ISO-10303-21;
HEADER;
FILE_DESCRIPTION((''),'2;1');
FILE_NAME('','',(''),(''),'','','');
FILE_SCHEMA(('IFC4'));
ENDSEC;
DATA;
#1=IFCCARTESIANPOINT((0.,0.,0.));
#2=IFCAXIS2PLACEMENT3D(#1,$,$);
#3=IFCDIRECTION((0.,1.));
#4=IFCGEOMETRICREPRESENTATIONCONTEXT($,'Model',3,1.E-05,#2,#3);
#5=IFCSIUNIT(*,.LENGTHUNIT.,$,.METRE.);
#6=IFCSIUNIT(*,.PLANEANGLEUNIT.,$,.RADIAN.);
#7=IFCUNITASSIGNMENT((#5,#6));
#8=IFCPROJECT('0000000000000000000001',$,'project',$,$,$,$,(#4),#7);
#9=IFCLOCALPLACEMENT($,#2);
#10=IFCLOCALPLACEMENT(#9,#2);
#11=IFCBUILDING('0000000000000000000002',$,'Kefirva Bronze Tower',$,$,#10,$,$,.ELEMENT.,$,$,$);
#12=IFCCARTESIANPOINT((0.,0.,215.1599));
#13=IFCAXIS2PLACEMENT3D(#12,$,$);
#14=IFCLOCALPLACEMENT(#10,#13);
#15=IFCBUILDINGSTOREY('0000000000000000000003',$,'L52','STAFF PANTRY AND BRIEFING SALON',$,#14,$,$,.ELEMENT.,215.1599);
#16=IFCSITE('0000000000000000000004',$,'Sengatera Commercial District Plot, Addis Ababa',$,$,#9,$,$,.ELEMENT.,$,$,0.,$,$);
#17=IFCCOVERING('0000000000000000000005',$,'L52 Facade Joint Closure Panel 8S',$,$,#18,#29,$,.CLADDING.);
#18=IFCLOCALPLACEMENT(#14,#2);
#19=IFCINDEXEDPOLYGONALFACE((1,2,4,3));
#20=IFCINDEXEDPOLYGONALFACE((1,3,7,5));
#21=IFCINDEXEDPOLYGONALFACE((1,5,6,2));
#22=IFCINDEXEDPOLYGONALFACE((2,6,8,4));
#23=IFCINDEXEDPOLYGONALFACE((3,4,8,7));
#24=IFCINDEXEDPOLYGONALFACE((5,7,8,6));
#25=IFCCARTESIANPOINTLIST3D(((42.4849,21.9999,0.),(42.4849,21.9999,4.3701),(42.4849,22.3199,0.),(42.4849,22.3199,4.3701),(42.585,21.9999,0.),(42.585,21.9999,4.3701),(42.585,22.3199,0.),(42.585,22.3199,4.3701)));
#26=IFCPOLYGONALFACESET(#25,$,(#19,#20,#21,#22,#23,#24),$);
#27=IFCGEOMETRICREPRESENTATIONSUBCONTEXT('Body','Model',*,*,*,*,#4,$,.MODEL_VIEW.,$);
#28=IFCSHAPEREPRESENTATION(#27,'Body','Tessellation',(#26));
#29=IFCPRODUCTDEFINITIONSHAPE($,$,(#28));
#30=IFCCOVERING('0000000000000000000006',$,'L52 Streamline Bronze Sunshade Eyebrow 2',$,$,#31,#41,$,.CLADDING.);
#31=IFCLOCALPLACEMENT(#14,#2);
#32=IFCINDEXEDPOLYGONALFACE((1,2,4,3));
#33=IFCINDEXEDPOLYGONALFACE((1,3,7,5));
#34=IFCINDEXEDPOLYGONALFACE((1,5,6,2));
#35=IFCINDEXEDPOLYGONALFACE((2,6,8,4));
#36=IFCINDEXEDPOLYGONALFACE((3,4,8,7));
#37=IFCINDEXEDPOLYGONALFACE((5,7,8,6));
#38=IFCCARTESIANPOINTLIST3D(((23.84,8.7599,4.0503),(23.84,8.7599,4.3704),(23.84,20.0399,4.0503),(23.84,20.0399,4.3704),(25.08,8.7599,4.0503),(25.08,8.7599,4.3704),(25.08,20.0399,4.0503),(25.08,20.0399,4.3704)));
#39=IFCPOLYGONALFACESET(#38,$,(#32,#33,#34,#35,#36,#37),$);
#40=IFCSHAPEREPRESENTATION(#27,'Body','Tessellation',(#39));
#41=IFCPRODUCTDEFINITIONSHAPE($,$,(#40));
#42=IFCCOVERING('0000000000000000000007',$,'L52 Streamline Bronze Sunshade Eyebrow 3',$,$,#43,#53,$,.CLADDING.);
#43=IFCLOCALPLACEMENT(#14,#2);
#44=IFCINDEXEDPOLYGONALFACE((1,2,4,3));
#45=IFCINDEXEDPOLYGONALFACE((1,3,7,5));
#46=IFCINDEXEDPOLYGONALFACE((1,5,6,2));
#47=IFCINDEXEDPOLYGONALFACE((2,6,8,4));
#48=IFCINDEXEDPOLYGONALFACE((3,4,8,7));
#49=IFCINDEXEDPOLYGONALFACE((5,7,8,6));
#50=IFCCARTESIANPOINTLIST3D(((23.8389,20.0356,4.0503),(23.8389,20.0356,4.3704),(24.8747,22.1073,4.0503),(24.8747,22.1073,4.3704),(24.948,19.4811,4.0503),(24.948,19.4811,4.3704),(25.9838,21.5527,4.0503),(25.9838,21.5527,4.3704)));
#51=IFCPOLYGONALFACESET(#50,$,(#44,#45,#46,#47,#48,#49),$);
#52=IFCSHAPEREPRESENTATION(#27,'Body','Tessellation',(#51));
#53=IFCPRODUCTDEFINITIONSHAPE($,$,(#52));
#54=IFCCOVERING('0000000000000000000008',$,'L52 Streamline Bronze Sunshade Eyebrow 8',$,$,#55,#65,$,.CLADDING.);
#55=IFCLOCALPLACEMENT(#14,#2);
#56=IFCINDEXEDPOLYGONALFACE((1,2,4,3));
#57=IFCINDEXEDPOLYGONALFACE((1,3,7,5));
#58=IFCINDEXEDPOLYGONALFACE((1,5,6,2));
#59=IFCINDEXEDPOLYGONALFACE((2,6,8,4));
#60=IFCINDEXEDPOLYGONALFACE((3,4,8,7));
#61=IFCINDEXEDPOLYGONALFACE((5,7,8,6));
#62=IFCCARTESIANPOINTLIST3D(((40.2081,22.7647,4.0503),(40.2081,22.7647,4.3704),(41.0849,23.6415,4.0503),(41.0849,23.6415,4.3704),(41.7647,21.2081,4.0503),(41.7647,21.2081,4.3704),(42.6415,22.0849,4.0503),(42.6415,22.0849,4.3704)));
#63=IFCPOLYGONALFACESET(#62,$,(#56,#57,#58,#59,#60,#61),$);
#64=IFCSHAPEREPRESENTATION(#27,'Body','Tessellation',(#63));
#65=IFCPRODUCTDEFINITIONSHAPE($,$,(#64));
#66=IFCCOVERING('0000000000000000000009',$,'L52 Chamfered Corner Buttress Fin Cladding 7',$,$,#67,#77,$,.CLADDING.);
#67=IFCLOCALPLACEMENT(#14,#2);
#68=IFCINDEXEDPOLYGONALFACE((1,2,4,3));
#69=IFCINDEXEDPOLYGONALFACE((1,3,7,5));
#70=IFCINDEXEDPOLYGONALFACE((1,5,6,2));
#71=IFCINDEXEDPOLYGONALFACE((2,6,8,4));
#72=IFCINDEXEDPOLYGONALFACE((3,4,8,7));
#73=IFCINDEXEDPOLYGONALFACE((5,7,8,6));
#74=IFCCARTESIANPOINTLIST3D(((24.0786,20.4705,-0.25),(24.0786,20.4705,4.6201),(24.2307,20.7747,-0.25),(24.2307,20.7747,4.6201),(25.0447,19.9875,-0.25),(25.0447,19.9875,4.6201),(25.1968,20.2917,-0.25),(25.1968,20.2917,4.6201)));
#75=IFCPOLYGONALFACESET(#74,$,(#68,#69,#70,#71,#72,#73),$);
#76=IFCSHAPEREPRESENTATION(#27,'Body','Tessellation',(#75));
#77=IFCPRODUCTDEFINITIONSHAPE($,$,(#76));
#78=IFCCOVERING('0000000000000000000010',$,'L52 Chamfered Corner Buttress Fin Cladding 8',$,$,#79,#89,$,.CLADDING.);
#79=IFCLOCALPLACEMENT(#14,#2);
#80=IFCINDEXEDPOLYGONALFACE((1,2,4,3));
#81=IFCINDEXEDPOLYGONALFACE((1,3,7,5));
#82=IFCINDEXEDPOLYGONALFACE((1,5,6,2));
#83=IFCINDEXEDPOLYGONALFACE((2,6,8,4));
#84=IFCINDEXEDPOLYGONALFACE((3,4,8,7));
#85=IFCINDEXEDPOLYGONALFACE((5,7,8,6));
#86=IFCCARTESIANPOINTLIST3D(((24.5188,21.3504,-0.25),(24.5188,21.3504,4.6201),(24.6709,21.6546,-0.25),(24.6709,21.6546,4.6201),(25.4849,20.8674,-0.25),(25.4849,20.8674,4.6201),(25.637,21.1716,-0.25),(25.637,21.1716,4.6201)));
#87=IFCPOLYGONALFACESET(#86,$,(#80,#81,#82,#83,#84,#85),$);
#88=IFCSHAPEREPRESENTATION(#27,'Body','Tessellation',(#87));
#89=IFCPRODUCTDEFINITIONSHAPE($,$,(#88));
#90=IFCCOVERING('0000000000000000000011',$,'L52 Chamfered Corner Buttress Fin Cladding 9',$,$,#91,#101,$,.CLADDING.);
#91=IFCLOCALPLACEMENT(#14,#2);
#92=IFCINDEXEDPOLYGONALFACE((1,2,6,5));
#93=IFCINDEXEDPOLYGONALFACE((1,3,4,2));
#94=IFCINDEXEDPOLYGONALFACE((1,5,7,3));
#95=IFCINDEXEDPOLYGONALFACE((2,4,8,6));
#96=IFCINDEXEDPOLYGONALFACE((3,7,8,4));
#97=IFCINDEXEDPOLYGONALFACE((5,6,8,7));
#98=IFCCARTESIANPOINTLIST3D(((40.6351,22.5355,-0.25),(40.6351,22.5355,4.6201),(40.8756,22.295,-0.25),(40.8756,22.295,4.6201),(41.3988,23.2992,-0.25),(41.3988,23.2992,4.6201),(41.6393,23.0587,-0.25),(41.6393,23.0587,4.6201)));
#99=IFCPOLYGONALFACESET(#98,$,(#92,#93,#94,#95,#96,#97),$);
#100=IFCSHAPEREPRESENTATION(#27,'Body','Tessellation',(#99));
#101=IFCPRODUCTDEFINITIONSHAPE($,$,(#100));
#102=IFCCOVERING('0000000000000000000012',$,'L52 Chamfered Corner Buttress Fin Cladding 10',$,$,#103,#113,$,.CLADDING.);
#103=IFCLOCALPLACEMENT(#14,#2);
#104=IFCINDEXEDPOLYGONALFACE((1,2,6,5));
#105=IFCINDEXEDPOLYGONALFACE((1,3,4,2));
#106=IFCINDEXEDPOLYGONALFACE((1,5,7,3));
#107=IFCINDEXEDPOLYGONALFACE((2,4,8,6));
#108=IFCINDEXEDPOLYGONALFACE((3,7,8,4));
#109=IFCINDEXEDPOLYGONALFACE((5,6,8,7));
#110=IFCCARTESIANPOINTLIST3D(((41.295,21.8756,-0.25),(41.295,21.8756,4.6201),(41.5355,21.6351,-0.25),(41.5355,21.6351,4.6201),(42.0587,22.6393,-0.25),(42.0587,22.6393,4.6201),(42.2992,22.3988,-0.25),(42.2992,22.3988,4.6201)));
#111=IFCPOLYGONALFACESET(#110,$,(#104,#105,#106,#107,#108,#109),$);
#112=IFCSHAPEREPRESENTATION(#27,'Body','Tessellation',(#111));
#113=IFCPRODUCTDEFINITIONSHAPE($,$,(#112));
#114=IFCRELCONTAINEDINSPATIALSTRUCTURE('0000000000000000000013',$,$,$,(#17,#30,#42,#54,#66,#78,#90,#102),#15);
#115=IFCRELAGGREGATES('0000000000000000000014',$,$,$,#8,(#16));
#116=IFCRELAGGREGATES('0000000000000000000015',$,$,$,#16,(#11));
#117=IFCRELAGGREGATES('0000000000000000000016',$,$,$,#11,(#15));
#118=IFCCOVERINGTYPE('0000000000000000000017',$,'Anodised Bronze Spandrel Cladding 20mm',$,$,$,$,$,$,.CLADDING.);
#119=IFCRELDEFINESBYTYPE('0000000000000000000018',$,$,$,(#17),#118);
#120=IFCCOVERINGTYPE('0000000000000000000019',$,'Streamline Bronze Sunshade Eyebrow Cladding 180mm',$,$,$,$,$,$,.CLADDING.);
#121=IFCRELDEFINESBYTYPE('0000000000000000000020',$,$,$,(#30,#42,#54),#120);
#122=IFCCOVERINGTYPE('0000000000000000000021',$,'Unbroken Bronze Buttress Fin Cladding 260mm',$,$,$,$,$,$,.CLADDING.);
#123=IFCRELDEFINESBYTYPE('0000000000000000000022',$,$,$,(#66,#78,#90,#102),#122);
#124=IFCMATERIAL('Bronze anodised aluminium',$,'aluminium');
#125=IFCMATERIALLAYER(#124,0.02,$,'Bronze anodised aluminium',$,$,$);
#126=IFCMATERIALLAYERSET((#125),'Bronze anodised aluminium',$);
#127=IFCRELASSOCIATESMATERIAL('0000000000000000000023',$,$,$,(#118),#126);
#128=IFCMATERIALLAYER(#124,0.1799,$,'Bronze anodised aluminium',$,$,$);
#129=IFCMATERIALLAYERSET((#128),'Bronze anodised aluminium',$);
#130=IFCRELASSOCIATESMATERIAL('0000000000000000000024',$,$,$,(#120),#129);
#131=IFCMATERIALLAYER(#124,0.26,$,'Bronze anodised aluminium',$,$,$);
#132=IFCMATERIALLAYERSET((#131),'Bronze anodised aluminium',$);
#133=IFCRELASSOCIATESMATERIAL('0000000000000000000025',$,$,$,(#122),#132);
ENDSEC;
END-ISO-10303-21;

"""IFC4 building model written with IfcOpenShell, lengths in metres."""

from ifc_helpers import new_model, si_unit, direction, frame, origin, origin_2d, place, context, subcontext, project, spatial, rectangle, extrude, material, layer, layer_set, type_object, element, save


model = new_model("IFC4")

# Units and contexts
model_context = context("Model", 3, precision=1e-05, world=origin(), true_north=direction((0.0, 1.0)))
body_context = subcontext(model_context, "Body", "Model", "MODEL_VIEW")
ifc_project = project(units=[si_unit("LENGTHUNIT", "METRE"), si_unit("PLANEANGLEUNIT", "RADIAN")], contexts=[model_context])

# Site, building, storey
site_placement = place(None, origin())
site = spatial("IfcSite", under=ifc_project, at=site_placement, Name="Sengatera Commercial District Plot, Addis Ababa", CompositionType="ELEMENT", RefElevation=0.0)
building_placement = place(site_placement, origin())
building = spatial("IfcBuilding", under=site, at=building_placement, Name="Kefirva Bronze Tower", CompositionType="ELEMENT")
storey_placement = place(building_placement, frame((0.0, 0.0, 215.1599)))
storey = spatial("IfcBuildingStorey", under=building, at=storey_placement, Name="L52", Description="STAFF PANTRY AND BRIEFING SALON", CompositionType="ELEMENT", Elevation=215.1599)

# Shared definitions
ifc_material_1 = material(Name="Bronze anodised aluminium", Category="aluminium")

# Coverings
ifc_layer_1 = layer(ifc_material_1, 0.02, Name="Bronze anodised aluminium")
ifc_layer_set_1 = layer_set([ifc_layer_1], Name="Bronze anodised aluminium")
covering_type_1 = type_object("IfcCoveringType", Name="Anodised Bronze Spandrel Cladding 20mm", PredefinedType="CLADDING", material=ifc_layer_set_1)
covering_1_placement = place(storey_placement, frame((42.5349, 22.1599, 0.0), z_axis=(0.0, 0.0, 1.0), x_axis=(1.0, 0.0, 0.0)))
element("IfcCovering", 1, at=covering_1_placement, inside=storey, type_object=covering_type_1, Name="L52 Facade Joint Closure Panel 8S", PredefinedType="CLADDING", context=body_context, shape_type="SweptSolid", body=[
    extrude(rectangle(XDim=0.1001, YDim=0.3201, at=origin_2d()), origin(), (0.0, 0.0, 1.0), 4.3701),
])
ifc_layer_2 = layer(ifc_material_1, 0.1799, Name="Bronze anodised aluminium")
ifc_layer_set_2 = layer_set([ifc_layer_2], Name="Bronze anodised aluminium")
covering_type_2 = type_object("IfcCoveringType", Name="Streamline Bronze Sunshade Eyebrow Cladding 180mm", PredefinedType="CLADDING", material=ifc_layer_set_2)
covering_2_placement = place(storey_placement, frame((24.46, 14.3999, 4.0503), z_axis=(0.0, 0.0, 1.0), x_axis=(0.0, 1.0, 0.0)))
element("IfcCovering", 2, at=covering_2_placement, inside=storey, type_object=covering_type_2, Name="L52 Streamline Bronze Sunshade Eyebrow 2", PredefinedType="CLADDING", context=body_context, shape_type="SweptSolid", body=[
    extrude(rectangle(XDim=11.28, YDim=1.24, at=origin_2d()), origin(), (0.0, 0.0, 1.0), 0.3201),
])
covering_3_placement = place(storey_placement, frame((24.9114, 20.7942, 4.0503), z_axis=(0.0, 0.0, 1.0), x_axis=(0.447214, 0.894427, 0.0)))
element("IfcCovering", 3, at=covering_3_placement, inside=storey, type_object=covering_type_2, Name="L52 Streamline Bronze Sunshade Eyebrow 3", PredefinedType="CLADDING", context=body_context, shape_type="SweptSolid", body=[
    extrude(rectangle(XDim=2.3162, YDim=1.24, at=origin_2d()), origin(), (0.0, 0.0, 1.0), 0.3201),
])
covering_4_placement = place(storey_placement, frame((41.4248, 22.4248, 4.0503), z_axis=(0.0, 0.0, 1.0), x_axis=(0.707107, -0.707107, 0.0)))
element("IfcCovering", 4, at=covering_4_placement, inside=storey, type_object=covering_type_2, Name="L52 Streamline Bronze Sunshade Eyebrow 8", PredefinedType="CLADDING", context=body_context, shape_type="SweptSolid", body=[
    extrude(rectangle(XDim=2.2014, YDim=1.24, at=origin_2d()), origin(), (0.0, 0.0, 1.0), 0.3201),
])
ifc_layer_3 = layer(ifc_material_1, 0.26, Name="Bronze anodised aluminium")
ifc_layer_set_3 = layer_set([ifc_layer_3], Name="Bronze anodised aluminium")
covering_type_3 = type_object("IfcCoveringType", Name="Unbroken Bronze Buttress Fin Cladding 260mm", PredefinedType="CLADDING", material=ifc_layer_set_3)
for number, where, z_axis, x_axis, name in (
    (5, (24.6377, 20.3811, -0.25), (0.0, 0.0, 1.0), (0.447214, 0.894427, 0.0), "L52 Chamfered Corner Buttress Fin Cladding 7"),
    (6, (25.0779, 21.261, -0.25), (0.0, 0.0, 1.0), (0.447214, 0.894427, 0.0), "L52 Chamfered Corner Buttress Fin Cladding 8"),
    (7, (41.1372, 22.7971, -0.25), (0.0, 0.0, 1.0), (0.707107, -0.707107, 0.0), "L52 Chamfered Corner Buttress Fin Cladding 9"),
    (8, (41.7971, 22.1372, -0.25), (0.0, 0.0, 1.0), (0.707107, -0.707107, 0.0), "L52 Chamfered Corner Buttress Fin Cladding 10"),
):
    element("IfcCovering", number, at=place(storey_placement, frame(where, z_axis=z_axis, x_axis=x_axis)), inside=storey, type_object=covering_type_3, Name=name, PredefinedType="CLADDING", context=body_context, shape_type="SweptSolid", body=[
        extrude(rectangle(XDim=0.3401, YDim=1.0801, at=origin_2d()), origin(), (0.0, 0.0, 1.0), 4.8701),
    ])

save(model, "model.ifc")
